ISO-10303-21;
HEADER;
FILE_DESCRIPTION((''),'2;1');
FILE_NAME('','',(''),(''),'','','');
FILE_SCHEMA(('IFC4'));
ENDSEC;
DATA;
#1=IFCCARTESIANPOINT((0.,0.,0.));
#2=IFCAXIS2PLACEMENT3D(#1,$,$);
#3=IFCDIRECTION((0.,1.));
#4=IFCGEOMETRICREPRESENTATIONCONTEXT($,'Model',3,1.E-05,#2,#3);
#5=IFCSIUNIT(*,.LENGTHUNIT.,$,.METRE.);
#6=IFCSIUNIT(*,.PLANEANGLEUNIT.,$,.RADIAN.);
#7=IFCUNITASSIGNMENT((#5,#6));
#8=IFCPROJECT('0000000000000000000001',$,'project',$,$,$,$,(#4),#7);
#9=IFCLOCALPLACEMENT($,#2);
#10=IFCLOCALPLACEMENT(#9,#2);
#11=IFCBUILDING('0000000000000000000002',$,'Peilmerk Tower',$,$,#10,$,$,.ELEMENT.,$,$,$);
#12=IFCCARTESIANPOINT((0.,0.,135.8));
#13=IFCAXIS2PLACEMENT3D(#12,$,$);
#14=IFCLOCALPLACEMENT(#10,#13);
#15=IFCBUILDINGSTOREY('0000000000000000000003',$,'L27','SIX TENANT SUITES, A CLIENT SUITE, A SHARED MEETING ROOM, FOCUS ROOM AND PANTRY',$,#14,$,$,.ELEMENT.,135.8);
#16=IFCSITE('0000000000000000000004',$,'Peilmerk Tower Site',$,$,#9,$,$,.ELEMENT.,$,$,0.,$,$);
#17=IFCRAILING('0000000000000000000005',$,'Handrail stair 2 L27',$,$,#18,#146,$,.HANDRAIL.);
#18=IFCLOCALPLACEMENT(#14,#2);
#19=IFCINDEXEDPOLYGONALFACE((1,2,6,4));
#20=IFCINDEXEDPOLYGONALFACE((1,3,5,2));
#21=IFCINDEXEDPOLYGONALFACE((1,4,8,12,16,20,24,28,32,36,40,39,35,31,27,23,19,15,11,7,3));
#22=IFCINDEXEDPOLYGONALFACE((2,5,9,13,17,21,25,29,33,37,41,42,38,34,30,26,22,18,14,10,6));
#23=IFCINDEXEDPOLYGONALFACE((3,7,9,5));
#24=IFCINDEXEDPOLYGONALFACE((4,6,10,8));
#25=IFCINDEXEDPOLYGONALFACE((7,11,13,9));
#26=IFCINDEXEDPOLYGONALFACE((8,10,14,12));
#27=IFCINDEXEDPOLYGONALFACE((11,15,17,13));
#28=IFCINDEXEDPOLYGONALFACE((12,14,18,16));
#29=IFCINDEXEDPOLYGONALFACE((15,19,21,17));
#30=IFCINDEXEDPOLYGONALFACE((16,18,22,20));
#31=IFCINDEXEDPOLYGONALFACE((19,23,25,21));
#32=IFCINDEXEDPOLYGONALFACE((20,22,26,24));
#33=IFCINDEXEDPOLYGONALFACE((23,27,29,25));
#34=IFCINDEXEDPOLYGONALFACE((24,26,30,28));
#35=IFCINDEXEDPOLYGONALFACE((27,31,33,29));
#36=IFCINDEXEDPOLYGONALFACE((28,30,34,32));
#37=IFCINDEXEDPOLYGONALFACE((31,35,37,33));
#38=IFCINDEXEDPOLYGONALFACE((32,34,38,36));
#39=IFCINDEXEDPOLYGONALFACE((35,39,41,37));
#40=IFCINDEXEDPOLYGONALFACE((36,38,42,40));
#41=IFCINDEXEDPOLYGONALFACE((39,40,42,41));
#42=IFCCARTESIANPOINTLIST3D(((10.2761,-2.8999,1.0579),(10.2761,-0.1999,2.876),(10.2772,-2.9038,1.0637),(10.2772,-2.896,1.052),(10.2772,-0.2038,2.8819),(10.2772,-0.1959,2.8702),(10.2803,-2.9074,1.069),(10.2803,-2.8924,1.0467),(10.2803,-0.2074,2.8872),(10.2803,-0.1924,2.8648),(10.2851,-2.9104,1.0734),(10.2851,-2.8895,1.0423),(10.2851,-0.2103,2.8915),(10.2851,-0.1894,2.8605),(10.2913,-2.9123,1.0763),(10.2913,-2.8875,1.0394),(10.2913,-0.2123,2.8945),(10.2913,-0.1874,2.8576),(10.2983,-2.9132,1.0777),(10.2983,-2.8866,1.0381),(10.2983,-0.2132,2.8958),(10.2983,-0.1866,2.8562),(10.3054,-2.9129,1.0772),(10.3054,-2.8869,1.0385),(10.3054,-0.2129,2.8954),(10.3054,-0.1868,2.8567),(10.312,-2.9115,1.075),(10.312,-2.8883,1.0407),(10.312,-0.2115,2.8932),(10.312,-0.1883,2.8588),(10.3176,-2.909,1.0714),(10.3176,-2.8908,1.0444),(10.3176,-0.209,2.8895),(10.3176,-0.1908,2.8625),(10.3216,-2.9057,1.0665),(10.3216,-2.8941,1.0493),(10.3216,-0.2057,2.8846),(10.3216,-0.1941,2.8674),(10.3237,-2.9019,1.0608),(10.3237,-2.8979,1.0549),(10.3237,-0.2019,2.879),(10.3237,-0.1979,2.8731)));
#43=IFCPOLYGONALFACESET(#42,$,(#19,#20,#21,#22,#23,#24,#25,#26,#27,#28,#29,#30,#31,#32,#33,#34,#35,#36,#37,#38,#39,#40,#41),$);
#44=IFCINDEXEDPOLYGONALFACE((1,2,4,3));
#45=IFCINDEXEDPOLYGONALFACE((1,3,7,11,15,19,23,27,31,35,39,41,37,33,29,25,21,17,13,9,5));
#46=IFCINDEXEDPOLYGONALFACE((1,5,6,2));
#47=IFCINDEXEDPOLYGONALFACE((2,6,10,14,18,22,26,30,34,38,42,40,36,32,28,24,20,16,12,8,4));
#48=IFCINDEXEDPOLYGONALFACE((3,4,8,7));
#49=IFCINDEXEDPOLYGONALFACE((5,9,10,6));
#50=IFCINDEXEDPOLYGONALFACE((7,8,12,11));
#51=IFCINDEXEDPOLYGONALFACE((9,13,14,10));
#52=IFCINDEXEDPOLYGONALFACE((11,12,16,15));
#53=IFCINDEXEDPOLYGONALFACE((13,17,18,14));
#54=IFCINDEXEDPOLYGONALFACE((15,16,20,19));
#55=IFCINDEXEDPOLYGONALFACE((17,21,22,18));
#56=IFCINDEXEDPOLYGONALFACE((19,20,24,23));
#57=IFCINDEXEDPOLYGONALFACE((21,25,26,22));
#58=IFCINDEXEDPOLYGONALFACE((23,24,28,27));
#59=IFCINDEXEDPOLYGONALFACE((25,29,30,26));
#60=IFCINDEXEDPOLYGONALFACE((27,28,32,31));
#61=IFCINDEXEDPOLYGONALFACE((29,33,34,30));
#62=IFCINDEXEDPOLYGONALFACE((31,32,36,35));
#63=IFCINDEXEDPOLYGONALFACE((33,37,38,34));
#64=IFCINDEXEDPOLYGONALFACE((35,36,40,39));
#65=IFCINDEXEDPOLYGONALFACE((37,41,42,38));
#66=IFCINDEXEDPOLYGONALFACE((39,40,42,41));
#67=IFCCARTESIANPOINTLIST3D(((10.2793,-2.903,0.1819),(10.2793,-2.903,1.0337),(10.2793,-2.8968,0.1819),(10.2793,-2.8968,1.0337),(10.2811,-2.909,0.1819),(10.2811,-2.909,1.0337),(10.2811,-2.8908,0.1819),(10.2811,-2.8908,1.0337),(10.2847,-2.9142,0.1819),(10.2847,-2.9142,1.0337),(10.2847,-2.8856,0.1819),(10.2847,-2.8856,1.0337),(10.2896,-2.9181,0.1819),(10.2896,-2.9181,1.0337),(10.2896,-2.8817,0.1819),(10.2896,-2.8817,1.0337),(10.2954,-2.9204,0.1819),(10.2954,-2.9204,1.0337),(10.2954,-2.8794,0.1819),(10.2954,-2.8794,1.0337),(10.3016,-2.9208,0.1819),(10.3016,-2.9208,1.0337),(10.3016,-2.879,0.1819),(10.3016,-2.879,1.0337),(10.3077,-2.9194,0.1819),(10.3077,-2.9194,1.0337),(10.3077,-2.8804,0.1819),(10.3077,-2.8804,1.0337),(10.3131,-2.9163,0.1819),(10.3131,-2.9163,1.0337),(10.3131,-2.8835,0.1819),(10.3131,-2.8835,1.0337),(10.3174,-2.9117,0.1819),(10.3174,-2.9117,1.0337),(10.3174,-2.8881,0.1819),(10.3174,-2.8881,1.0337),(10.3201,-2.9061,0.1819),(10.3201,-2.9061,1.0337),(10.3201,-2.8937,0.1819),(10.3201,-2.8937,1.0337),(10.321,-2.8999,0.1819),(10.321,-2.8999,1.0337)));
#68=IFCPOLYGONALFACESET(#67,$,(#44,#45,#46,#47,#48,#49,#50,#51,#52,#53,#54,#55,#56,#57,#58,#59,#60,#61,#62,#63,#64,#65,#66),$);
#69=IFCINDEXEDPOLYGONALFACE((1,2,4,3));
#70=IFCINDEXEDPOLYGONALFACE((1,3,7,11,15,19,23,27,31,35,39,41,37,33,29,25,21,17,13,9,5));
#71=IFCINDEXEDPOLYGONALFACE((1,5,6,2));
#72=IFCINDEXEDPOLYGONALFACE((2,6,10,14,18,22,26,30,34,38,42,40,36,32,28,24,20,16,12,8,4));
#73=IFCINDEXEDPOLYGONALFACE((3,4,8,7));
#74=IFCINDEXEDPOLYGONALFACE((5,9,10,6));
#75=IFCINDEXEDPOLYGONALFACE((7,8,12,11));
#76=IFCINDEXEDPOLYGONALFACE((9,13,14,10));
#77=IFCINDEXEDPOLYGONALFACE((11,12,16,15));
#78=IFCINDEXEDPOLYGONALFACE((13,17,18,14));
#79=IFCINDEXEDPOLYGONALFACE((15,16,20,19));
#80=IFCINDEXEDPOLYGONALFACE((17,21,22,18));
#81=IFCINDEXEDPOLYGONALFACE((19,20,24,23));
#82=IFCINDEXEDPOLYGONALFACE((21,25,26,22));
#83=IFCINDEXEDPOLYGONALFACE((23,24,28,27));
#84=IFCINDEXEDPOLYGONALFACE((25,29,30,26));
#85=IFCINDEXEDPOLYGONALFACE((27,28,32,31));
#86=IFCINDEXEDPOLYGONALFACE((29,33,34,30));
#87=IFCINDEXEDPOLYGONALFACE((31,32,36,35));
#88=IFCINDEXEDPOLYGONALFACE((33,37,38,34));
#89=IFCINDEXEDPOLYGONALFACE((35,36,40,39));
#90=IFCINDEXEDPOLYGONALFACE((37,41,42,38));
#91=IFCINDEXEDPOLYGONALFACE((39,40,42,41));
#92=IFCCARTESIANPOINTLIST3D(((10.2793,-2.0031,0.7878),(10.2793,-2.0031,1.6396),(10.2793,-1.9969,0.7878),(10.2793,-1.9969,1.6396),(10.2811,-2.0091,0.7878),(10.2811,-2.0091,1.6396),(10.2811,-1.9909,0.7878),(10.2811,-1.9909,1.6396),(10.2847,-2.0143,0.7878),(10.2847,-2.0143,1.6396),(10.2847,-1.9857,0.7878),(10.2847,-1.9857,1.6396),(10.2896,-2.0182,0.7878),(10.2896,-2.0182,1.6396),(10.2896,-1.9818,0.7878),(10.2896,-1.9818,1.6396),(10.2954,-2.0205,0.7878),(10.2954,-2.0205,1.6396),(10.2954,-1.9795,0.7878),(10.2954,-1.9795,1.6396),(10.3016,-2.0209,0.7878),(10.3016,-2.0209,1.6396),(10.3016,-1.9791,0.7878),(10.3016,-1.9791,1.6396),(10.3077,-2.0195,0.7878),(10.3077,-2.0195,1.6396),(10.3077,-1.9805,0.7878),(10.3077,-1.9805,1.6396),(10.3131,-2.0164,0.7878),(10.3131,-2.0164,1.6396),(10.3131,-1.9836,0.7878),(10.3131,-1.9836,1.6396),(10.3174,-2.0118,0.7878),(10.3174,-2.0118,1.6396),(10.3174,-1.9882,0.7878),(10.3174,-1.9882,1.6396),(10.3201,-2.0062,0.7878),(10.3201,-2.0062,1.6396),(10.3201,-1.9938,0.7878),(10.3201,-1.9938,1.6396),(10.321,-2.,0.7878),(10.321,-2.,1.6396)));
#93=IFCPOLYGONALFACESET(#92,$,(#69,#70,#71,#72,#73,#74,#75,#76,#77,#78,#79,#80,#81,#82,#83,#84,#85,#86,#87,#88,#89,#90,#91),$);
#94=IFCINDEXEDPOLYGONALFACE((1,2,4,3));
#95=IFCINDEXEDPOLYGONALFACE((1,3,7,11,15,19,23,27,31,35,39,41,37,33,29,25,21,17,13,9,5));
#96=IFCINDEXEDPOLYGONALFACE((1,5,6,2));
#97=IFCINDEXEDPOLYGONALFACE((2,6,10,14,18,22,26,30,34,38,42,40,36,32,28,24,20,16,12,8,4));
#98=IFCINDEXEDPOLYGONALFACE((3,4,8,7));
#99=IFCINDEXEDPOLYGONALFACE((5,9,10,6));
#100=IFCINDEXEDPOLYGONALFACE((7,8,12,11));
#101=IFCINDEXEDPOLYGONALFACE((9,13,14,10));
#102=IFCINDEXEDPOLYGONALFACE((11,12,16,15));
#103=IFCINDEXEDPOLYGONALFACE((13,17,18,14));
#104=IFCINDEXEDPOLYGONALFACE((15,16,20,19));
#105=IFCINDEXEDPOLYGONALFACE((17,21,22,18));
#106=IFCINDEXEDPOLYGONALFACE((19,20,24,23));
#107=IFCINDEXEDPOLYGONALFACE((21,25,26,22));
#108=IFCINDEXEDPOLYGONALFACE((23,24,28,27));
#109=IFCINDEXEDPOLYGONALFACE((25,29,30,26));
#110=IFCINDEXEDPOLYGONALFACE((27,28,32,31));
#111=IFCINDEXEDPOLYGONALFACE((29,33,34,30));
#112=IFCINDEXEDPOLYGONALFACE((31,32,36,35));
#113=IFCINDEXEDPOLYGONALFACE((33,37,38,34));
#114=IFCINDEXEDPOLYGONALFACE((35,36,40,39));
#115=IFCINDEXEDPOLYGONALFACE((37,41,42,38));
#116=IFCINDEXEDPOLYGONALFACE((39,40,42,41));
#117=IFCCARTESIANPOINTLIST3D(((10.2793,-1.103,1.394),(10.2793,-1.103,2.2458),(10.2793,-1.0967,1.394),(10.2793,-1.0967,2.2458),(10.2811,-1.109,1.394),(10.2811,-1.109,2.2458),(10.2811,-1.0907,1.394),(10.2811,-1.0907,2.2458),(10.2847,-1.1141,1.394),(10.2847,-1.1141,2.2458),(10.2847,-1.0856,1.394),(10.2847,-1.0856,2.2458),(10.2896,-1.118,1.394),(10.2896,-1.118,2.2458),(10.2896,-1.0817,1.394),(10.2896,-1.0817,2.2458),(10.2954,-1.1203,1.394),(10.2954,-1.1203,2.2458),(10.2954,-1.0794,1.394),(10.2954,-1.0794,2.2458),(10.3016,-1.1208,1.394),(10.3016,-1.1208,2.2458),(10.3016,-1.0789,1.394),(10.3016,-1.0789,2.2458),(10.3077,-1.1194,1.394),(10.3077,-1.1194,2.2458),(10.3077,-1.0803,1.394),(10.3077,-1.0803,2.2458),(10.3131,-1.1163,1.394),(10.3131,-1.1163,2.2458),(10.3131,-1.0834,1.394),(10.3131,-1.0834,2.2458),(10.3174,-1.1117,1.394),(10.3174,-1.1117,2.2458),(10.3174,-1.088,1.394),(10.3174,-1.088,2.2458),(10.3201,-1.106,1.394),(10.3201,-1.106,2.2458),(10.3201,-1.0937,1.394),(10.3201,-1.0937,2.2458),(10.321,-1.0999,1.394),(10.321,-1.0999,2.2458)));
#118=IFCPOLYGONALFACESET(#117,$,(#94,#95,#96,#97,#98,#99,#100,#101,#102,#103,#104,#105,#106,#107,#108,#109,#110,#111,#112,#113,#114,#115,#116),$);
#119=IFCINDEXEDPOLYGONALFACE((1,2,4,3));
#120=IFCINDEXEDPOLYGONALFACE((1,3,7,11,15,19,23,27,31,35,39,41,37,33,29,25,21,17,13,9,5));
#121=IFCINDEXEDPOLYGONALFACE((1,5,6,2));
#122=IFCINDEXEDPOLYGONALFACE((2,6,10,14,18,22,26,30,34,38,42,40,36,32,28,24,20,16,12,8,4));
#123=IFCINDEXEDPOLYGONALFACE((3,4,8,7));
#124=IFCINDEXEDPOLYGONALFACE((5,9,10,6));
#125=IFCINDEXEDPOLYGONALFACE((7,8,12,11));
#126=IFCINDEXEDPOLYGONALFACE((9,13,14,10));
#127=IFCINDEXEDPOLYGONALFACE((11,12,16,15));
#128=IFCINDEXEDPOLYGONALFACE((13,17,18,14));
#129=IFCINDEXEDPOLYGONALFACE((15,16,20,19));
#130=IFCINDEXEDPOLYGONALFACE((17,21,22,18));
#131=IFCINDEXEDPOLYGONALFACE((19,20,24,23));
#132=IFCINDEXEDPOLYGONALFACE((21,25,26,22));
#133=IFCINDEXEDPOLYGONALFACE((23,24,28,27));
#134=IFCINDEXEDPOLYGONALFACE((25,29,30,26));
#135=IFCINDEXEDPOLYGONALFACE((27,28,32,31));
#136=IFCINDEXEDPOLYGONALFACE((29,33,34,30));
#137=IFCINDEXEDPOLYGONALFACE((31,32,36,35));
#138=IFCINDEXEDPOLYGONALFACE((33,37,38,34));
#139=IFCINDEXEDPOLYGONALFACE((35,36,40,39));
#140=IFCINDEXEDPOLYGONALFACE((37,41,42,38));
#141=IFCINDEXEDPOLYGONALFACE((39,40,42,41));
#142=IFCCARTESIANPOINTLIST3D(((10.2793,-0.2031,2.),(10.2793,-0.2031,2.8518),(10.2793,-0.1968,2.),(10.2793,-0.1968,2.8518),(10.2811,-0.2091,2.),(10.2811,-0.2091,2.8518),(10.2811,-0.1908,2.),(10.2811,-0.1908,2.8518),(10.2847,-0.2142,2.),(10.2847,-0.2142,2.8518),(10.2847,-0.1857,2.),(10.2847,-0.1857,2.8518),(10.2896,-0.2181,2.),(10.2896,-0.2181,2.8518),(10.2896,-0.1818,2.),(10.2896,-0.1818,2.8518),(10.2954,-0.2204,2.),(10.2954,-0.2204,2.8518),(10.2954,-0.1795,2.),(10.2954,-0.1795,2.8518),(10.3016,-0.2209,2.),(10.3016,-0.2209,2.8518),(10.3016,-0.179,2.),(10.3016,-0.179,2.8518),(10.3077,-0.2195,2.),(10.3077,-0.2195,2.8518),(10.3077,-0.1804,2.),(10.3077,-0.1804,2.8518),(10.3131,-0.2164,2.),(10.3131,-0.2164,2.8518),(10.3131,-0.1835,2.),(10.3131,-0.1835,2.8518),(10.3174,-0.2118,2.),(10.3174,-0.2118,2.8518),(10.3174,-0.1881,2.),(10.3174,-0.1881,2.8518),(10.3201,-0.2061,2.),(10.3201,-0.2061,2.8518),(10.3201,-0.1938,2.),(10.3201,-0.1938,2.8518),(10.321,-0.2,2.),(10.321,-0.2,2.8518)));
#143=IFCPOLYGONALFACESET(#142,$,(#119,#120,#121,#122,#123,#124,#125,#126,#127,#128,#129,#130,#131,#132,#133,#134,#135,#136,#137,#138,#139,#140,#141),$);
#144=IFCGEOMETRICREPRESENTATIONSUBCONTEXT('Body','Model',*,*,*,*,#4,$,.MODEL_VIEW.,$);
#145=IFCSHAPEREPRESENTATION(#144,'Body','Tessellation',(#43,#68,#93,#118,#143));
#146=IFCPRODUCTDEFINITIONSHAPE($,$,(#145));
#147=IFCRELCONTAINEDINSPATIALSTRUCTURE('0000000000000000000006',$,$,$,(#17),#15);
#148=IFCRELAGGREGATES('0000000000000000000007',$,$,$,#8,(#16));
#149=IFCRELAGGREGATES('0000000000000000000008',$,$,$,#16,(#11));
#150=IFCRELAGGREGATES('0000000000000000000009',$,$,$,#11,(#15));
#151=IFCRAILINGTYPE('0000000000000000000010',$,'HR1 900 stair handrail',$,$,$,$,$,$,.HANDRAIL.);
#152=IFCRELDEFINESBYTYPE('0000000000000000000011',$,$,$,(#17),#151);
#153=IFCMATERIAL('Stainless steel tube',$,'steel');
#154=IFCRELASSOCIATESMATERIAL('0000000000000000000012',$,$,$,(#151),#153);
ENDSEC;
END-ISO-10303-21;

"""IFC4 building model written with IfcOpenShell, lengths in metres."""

from ifc_helpers import new_model, si_unit, direction, frame, origin, origin_2d, place, context, subcontext, project, spatial, circle, extrude, material, type_object, element, save


model = new_model("IFC4")

# Units and contexts
model_context = context("Model", 3, precision=1e-05, world=origin(), true_north=direction((0.0, 1.0)))
body_context = subcontext(model_context, "Body", "Model", "MODEL_VIEW")
ifc_project = project(units=[si_unit("LENGTHUNIT", "METRE"), si_unit("PLANEANGLEUNIT", "RADIAN")], contexts=[model_context])

# Site, building, storey
site_placement = place(None, origin())
site = spatial("IfcSite", under=ifc_project, at=site_placement, Name="Peilmerk Tower Site", CompositionType="ELEMENT", RefElevation=0.0)
building_placement = place(site_placement, origin())
building = spatial("IfcBuilding", under=site, at=building_placement, Name="Peilmerk Tower", CompositionType="ELEMENT")
storey_placement = place(building_placement, frame((0.0, 0.0, 135.8)))
storey = spatial("IfcBuildingStorey", under=building, at=storey_placement, Name="L27", Description="SIX TENANT SUITES, A CLIENT SUITE, A SHARED MEETING ROOM, FOCUS ROOM AND PANTRY", CompositionType="ELEMENT", Elevation=135.8)

# Railing
ifc_material_1 = material(Name="Stainless steel tube", Category="steel")
railing_type_1 = type_object("IfcRailingType", Name="HR1 900 stair handrail", PredefinedType="HANDRAIL", material=ifc_material_1)
railing_1_placement = place(storey_placement, frame((10.3, -2.8999, 0.1819)))
element("IfcRailing", 1, at=railing_1_placement, inside=storey, type_object=railing_type_1, Name="Handrail stair 2 L27", PredefinedType="HANDRAIL", context=body_context, shape_type="SweptSolid", body=[
    extrude(circle(Radius=0.0239, at=origin_2d()), frame((0.0, 0.0, 0.876), z_axis=(0.0, 0.829468, 0.558554), x_axis=(-1.0, 0.0, 0.0)), (0.0, 0.0, 1.0), 3.2551),
    extrude(circle(Radius=0.021, at=origin_2d()), origin(), (0.0, 0.0, 1.0), 0.8518),
    extrude(circle(Radius=0.021, at=origin_2d()), frame((0.0, 0.8999, 0.606)), (0.0, 0.0, 1.0), 0.8518),
    extrude(circle(Radius=0.021, at=origin_2d()), frame((0.0, 1.8, 1.2122)), (0.0, 0.0, 1.0), 0.8518),
    extrude(circle(Radius=0.021, at=origin_2d()), frame((0.0, 2.7, 1.8181)), (0.0, 0.0, 1.0), 0.8518),
])

save(model, "model.ifc")
